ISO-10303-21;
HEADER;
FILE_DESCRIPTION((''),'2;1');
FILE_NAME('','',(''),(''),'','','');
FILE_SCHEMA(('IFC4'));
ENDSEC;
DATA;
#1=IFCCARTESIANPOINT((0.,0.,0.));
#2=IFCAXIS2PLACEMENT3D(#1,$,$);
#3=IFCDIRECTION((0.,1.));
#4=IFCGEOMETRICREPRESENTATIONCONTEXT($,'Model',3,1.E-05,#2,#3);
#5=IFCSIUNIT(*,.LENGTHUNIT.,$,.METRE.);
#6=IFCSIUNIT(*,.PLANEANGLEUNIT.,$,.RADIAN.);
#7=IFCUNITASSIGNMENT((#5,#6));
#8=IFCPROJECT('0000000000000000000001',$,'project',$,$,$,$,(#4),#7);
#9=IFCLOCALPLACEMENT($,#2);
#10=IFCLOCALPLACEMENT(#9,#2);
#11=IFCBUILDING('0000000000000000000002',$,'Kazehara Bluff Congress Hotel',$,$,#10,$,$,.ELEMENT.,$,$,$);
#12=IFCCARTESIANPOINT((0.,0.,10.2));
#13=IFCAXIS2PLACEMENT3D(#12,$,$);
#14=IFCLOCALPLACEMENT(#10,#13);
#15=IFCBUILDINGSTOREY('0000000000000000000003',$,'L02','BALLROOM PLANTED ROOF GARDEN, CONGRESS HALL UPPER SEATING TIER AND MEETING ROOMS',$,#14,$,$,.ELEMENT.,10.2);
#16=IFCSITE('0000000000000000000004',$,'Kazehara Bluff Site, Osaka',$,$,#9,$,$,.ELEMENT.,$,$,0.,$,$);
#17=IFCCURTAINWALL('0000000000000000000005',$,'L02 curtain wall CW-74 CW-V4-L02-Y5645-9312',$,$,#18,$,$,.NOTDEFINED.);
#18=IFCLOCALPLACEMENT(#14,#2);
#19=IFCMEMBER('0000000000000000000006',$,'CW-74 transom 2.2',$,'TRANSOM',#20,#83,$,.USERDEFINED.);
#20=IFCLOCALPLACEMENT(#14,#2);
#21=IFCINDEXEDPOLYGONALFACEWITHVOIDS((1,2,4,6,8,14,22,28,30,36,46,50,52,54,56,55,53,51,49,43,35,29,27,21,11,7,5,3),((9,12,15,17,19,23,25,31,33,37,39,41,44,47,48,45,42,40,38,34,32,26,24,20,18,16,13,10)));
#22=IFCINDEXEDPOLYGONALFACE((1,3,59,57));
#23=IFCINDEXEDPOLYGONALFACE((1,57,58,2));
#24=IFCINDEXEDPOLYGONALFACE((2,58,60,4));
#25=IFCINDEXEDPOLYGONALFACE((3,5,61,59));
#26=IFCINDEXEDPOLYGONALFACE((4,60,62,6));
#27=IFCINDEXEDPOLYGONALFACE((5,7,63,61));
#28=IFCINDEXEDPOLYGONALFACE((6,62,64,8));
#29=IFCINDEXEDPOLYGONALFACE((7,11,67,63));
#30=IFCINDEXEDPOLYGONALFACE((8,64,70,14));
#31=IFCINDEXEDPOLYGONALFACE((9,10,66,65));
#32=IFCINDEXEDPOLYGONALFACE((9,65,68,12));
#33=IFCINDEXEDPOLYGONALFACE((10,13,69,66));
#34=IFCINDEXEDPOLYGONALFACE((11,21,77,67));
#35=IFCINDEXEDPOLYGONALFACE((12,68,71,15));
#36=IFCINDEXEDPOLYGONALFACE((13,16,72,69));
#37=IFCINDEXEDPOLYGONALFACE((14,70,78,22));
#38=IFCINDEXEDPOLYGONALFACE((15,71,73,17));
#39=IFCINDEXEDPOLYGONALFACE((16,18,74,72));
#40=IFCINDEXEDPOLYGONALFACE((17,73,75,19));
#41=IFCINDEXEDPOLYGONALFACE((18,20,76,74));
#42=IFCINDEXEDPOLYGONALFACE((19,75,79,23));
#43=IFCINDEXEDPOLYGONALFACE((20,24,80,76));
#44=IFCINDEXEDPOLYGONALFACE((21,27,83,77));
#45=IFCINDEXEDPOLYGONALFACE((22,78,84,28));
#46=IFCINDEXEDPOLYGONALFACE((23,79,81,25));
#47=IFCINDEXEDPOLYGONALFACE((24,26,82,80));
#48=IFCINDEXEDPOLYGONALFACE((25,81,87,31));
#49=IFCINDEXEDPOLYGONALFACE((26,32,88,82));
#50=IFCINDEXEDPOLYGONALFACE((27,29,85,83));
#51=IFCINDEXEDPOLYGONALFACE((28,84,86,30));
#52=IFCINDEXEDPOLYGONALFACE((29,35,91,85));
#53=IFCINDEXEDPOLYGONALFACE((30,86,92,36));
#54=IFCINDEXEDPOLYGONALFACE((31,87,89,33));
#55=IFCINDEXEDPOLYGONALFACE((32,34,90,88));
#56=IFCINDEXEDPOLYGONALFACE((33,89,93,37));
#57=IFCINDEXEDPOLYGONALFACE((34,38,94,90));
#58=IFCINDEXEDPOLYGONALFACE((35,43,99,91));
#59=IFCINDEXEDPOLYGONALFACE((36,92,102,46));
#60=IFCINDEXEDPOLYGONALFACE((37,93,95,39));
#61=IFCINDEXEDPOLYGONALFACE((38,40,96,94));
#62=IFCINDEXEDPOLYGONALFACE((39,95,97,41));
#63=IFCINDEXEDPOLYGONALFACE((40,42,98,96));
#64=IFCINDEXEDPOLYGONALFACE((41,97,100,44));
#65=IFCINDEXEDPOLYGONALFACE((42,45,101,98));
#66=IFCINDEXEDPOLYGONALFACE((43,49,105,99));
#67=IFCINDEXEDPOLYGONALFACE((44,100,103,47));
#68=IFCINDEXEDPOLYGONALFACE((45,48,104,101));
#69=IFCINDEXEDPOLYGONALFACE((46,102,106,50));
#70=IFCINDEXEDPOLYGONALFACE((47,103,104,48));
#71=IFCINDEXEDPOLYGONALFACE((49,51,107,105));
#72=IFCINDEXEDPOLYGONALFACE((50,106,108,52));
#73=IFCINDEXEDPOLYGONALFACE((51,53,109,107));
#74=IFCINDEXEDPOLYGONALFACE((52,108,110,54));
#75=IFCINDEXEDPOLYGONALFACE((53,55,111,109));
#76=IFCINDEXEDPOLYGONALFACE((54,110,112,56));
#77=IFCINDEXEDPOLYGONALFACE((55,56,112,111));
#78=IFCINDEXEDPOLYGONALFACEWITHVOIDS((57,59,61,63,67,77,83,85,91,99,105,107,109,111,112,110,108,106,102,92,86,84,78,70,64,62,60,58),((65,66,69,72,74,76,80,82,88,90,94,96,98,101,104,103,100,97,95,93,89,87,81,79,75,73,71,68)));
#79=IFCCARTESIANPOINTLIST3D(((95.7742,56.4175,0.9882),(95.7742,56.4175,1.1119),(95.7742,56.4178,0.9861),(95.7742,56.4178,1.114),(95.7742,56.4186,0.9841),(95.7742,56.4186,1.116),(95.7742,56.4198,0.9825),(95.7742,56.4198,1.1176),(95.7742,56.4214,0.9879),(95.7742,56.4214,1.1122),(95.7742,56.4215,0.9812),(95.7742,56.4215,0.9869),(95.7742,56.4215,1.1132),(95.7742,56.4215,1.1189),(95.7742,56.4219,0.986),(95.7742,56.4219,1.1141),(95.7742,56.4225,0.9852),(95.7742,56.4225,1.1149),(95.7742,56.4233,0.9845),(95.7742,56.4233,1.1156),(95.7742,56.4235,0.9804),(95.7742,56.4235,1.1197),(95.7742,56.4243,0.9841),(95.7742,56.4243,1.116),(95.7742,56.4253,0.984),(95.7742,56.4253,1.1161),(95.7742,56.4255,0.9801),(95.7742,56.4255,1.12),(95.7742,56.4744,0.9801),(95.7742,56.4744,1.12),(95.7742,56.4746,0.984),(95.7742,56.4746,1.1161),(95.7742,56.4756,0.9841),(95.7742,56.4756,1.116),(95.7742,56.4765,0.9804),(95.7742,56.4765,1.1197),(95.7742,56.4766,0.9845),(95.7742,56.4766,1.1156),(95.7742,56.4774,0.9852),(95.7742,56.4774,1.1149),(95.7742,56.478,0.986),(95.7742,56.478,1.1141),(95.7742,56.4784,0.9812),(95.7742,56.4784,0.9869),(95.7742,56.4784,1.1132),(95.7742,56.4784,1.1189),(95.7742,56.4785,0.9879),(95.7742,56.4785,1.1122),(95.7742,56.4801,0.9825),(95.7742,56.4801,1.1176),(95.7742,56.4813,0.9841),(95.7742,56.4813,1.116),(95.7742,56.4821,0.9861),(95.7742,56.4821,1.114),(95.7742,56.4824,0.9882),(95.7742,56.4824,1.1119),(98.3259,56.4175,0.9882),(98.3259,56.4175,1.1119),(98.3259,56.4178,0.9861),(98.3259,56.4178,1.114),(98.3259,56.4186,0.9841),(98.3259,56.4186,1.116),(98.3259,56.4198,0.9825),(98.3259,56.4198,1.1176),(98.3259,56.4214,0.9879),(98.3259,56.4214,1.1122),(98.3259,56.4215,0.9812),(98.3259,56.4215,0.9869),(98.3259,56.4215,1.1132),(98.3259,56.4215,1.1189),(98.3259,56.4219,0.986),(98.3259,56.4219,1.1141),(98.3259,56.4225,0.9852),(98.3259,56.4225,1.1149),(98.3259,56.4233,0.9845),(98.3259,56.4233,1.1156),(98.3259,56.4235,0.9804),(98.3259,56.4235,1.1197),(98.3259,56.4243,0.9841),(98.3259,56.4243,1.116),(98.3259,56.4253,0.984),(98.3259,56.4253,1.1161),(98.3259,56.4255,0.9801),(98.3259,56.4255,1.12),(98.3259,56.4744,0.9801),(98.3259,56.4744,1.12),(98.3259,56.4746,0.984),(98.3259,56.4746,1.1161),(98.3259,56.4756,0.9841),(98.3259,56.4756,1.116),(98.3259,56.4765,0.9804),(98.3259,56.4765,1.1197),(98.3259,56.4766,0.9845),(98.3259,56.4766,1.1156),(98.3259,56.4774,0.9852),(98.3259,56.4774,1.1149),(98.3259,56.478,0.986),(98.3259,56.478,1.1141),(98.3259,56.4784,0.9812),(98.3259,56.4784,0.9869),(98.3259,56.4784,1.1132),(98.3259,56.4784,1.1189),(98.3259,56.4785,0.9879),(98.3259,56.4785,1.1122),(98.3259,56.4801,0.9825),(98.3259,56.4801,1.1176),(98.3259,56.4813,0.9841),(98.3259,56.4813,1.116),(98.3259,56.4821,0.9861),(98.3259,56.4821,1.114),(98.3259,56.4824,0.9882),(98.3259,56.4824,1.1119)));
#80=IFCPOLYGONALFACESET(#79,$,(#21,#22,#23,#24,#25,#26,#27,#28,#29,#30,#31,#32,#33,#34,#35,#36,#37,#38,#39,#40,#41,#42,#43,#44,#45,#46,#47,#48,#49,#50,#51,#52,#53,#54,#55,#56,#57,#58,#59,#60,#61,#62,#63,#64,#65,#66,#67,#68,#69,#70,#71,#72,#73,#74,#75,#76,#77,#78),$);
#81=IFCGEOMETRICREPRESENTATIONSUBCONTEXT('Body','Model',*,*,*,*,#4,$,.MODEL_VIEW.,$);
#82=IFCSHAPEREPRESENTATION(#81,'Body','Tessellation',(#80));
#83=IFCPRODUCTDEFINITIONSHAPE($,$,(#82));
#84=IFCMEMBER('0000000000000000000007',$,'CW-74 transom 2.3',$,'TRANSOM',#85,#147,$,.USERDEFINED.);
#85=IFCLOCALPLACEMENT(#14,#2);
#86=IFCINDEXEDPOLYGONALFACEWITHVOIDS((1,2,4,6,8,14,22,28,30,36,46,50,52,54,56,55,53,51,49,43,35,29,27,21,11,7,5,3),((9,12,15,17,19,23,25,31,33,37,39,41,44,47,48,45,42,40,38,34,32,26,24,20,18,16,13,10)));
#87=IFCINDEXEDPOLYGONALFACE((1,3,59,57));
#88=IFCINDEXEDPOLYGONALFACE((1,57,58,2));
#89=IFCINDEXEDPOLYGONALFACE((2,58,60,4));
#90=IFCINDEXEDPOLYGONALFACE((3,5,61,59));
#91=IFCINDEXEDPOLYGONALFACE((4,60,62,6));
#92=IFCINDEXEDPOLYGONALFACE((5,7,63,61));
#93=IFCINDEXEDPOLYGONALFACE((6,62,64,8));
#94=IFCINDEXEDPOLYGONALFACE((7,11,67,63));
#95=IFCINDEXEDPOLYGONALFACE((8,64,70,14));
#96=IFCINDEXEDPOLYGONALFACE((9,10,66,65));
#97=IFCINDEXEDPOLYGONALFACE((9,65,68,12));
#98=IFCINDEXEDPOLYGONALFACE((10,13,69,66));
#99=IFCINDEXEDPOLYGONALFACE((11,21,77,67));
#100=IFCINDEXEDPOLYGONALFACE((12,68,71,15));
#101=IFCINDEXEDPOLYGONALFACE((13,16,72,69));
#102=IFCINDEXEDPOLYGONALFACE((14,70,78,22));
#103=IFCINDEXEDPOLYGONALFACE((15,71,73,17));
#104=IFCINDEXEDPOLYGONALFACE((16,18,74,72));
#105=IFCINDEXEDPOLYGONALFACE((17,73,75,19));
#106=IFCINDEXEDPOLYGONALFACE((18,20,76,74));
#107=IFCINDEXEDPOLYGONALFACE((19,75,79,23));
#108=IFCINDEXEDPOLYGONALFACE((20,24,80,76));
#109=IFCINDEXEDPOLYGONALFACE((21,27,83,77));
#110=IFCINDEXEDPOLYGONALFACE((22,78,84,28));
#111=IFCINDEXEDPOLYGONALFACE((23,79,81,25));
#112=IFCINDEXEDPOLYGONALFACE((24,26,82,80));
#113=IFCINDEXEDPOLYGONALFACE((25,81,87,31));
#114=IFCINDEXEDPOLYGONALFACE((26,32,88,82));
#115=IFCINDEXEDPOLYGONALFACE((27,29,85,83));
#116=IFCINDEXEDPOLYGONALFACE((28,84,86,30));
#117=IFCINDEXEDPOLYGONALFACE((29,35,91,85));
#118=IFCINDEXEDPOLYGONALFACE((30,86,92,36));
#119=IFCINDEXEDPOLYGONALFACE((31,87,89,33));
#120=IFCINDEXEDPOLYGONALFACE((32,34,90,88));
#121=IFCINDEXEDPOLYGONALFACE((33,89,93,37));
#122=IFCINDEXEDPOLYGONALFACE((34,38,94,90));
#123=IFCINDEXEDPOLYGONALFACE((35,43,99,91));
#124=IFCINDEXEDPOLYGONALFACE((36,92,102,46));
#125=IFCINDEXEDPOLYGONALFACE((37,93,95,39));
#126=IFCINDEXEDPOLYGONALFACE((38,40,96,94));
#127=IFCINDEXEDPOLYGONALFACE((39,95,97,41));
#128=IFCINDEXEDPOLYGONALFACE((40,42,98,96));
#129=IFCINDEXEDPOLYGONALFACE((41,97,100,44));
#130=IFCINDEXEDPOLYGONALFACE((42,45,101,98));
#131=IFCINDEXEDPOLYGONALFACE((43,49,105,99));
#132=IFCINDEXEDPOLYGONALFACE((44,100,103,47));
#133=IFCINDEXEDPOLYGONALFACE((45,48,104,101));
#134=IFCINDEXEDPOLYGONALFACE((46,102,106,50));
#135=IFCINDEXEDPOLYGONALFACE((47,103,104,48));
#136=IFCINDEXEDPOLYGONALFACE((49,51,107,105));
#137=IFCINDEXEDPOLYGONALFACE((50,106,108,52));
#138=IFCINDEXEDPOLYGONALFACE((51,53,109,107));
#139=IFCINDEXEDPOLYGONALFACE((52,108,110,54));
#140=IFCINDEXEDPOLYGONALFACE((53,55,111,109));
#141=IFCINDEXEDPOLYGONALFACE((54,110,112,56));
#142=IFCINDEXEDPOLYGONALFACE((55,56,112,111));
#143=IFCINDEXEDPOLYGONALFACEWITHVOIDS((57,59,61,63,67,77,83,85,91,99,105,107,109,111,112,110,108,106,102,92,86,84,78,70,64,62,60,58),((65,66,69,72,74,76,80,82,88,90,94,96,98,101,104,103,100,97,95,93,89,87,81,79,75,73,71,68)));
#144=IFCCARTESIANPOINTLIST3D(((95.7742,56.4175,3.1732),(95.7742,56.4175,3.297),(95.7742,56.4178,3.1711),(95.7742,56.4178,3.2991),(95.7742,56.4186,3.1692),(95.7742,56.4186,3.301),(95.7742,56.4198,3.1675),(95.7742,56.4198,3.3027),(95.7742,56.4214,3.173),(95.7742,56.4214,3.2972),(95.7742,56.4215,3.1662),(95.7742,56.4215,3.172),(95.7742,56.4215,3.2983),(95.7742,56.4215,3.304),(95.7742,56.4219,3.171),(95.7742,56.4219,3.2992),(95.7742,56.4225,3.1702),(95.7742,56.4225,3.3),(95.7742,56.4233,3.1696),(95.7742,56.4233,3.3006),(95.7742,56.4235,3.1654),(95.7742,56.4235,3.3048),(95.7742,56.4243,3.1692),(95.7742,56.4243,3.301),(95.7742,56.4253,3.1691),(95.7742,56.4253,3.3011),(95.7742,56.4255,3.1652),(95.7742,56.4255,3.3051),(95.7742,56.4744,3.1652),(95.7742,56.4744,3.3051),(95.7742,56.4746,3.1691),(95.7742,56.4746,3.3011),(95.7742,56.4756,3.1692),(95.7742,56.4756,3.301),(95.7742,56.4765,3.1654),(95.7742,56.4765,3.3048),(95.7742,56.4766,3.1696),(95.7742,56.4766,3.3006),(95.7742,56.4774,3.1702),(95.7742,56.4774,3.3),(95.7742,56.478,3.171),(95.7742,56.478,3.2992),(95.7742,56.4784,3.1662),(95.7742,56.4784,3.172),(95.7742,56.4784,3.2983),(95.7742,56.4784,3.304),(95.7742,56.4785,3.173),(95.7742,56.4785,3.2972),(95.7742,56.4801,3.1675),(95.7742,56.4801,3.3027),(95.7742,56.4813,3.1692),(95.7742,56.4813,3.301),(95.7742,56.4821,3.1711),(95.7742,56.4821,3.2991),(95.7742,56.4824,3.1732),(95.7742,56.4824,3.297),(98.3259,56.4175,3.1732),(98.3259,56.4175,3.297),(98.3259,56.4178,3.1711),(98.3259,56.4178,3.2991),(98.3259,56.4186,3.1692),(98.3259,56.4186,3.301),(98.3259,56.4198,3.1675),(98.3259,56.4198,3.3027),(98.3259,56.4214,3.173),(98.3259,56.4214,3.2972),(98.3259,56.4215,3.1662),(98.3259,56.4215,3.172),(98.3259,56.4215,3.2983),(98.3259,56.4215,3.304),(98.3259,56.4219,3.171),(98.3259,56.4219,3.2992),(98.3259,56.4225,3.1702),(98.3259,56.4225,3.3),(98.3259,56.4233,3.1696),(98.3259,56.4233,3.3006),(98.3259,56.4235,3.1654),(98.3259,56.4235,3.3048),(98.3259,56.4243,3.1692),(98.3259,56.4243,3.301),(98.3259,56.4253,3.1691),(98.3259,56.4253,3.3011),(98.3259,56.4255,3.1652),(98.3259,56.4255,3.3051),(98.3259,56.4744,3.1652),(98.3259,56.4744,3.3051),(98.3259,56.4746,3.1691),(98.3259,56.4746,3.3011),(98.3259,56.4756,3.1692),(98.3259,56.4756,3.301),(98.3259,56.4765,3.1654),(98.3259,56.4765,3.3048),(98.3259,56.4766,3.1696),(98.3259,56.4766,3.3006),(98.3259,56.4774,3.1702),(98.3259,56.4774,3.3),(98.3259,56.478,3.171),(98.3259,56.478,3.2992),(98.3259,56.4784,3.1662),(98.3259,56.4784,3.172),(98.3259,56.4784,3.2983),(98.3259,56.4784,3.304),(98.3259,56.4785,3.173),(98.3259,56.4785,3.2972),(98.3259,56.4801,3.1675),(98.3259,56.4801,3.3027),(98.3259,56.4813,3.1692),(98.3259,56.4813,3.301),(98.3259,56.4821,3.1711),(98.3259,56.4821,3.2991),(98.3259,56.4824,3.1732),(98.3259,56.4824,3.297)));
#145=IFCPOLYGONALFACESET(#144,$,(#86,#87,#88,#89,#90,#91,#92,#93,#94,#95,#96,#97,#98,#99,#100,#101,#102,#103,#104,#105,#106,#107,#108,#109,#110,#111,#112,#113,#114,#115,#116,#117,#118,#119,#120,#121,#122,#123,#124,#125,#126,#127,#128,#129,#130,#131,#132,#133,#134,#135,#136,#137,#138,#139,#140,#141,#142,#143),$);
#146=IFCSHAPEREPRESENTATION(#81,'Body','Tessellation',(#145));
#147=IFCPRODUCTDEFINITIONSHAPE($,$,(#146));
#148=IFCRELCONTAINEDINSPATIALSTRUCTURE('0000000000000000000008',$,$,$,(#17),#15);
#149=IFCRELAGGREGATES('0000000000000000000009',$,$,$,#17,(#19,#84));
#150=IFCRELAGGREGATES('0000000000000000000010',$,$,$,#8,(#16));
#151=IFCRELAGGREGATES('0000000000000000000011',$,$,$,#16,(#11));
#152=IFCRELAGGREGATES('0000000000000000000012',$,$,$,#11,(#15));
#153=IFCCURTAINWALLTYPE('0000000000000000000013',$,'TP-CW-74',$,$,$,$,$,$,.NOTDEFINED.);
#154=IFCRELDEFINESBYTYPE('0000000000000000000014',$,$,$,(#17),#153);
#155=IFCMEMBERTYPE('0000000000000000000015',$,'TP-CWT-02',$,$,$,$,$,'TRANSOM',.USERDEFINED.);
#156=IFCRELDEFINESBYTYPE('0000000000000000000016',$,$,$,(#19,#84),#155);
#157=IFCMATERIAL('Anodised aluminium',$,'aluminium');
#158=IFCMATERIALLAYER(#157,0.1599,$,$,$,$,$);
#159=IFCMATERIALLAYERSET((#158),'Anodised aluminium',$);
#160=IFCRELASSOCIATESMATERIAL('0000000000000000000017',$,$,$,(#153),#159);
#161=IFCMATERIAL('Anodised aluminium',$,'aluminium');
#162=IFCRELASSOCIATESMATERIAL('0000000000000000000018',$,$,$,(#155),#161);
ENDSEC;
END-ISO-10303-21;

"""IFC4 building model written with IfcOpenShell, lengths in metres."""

from ifc_helpers import new_model, si_unit, direction, frame, origin, origin_2d, place, context, subcontext, project, spatial, hollow_rectangle, extrude, material, layer, layer_set, material_profile, profile_set, type_object, element, aggregate, save


model = new_model("IFC4")

# Units and contexts
model_context = context("Model", 3, precision=1e-05, world=origin(), true_north=direction((0.0, 1.0)))
body_context = subcontext(model_context, "Body", "Model", "MODEL_VIEW")
ifc_project = project(units=[si_unit("LENGTHUNIT", "METRE"), si_unit("PLANEANGLEUNIT", "RADIAN")], contexts=[model_context])

# Site, building, storey
site_placement = place(None, origin())
site = spatial("IfcSite", under=ifc_project, at=site_placement, Name="Kazehara Bluff Site, Osaka", CompositionType="ELEMENT", RefElevation=0.0)
building_placement = place(site_placement, origin())
building = spatial("IfcBuilding", under=site, at=building_placement, Name="Kazehara Bluff Congress Hotel", CompositionType="ELEMENT")
storey_placement = place(building_placement, frame((0.0, 0.0, 10.2)))
storey = spatial("IfcBuildingStorey", under=building, at=storey_placement, Name="L02", Description="BALLROOM PLANTED ROOF GARDEN, CONGRESS HALL UPPER SEATING TIER AND MEETING ROOMS", CompositionType="ELEMENT", Elevation=10.2)

# Curtain wall, members
ifc_material_1 = material(Name="Anodised aluminium", Category="aluminium")
ifc_layer_1 = layer(ifc_material_1, 0.1599)
ifc_layer_set_1 = layer_set([ifc_layer_1], Name="Anodised aluminium")
curtain_wall_type_1 = type_object("IfcCurtainWallType", Name="TP-CW-74", PredefinedType="NOTDEFINED", material=ifc_layer_set_1)
curtain_wall_1_placement = place(storey_placement, origin())
curtain_wall_1 = element("IfcCurtainWall", 1, at=curtain_wall_1_placement, inside=storey, type_object=curtain_wall_type_1, Name="L02 curtain wall CW-74 CW-V4-L02-Y5645-9312", PredefinedType="NOTDEFINED")
ifc_material_2 = material(Name="Anodised aluminium", Category="aluminium")
ifc_material_profile_1 = material_profile(ifc_material_2, hollow_rectangle(XDim=0.0649, YDim=0.1399, WallThickness=0.0039, InnerFilletRadius=0.0039, OuterFilletRadius=0.0081, at=origin_2d()))
ifc_profile_set_1 = profile_set([ifc_material_profile_1], Name="Anodised aluminium")
member_type_1 = type_object("IfcMemberType", Name="TP-CWT-02", ElementType="TRANSOM", PredefinedType="USERDEFINED", material=ifc_profile_set_1)
member_1_placement = place(storey_placement, frame((95.7742, 56.45, 1.05), z_axis=(1.0, 0.0, 0.0), x_axis=(0.0, 1.0, 0.0)))
member_1 = element("IfcMember", 2, at=member_1_placement, type_object=member_type_1, Name="CW-74 transom 2.2", ObjectType="TRANSOM", PredefinedType="USERDEFINED", context=body_context, shape_type="SweptSolid", body=[
    extrude(hollow_rectangle(XDim=0.0649, YDim=0.1399, WallThickness=0.0039, InnerFilletRadius=0.0039, OuterFilletRadius=0.0081, at=origin_2d()), origin(), (0.0, 0.0, 1.0), 2.5518),
])
member_2_placement = place(storey_placement, frame((95.7742, 56.45, 3.2351), z_axis=(1.0, 0.0, 0.0), x_axis=(0.0, 1.0, 0.0)))
member_2 = element("IfcMember", 3, at=member_2_placement, type_object=member_type_1, Name="CW-74 transom 2.3", ObjectType="TRANSOM", PredefinedType="USERDEFINED", context=body_context, shape_type="SweptSolid", body=[
    extrude(hollow_rectangle(XDim=0.0649, YDim=0.1399, WallThickness=0.0039, InnerFilletRadius=0.0039, OuterFilletRadius=0.0081, at=origin_2d()), origin(), (0.0, 0.0, 1.0), 2.5518),
])

aggregate(curtain_wall_1, [member_1, member_2])

save(model, "model.ifc")
